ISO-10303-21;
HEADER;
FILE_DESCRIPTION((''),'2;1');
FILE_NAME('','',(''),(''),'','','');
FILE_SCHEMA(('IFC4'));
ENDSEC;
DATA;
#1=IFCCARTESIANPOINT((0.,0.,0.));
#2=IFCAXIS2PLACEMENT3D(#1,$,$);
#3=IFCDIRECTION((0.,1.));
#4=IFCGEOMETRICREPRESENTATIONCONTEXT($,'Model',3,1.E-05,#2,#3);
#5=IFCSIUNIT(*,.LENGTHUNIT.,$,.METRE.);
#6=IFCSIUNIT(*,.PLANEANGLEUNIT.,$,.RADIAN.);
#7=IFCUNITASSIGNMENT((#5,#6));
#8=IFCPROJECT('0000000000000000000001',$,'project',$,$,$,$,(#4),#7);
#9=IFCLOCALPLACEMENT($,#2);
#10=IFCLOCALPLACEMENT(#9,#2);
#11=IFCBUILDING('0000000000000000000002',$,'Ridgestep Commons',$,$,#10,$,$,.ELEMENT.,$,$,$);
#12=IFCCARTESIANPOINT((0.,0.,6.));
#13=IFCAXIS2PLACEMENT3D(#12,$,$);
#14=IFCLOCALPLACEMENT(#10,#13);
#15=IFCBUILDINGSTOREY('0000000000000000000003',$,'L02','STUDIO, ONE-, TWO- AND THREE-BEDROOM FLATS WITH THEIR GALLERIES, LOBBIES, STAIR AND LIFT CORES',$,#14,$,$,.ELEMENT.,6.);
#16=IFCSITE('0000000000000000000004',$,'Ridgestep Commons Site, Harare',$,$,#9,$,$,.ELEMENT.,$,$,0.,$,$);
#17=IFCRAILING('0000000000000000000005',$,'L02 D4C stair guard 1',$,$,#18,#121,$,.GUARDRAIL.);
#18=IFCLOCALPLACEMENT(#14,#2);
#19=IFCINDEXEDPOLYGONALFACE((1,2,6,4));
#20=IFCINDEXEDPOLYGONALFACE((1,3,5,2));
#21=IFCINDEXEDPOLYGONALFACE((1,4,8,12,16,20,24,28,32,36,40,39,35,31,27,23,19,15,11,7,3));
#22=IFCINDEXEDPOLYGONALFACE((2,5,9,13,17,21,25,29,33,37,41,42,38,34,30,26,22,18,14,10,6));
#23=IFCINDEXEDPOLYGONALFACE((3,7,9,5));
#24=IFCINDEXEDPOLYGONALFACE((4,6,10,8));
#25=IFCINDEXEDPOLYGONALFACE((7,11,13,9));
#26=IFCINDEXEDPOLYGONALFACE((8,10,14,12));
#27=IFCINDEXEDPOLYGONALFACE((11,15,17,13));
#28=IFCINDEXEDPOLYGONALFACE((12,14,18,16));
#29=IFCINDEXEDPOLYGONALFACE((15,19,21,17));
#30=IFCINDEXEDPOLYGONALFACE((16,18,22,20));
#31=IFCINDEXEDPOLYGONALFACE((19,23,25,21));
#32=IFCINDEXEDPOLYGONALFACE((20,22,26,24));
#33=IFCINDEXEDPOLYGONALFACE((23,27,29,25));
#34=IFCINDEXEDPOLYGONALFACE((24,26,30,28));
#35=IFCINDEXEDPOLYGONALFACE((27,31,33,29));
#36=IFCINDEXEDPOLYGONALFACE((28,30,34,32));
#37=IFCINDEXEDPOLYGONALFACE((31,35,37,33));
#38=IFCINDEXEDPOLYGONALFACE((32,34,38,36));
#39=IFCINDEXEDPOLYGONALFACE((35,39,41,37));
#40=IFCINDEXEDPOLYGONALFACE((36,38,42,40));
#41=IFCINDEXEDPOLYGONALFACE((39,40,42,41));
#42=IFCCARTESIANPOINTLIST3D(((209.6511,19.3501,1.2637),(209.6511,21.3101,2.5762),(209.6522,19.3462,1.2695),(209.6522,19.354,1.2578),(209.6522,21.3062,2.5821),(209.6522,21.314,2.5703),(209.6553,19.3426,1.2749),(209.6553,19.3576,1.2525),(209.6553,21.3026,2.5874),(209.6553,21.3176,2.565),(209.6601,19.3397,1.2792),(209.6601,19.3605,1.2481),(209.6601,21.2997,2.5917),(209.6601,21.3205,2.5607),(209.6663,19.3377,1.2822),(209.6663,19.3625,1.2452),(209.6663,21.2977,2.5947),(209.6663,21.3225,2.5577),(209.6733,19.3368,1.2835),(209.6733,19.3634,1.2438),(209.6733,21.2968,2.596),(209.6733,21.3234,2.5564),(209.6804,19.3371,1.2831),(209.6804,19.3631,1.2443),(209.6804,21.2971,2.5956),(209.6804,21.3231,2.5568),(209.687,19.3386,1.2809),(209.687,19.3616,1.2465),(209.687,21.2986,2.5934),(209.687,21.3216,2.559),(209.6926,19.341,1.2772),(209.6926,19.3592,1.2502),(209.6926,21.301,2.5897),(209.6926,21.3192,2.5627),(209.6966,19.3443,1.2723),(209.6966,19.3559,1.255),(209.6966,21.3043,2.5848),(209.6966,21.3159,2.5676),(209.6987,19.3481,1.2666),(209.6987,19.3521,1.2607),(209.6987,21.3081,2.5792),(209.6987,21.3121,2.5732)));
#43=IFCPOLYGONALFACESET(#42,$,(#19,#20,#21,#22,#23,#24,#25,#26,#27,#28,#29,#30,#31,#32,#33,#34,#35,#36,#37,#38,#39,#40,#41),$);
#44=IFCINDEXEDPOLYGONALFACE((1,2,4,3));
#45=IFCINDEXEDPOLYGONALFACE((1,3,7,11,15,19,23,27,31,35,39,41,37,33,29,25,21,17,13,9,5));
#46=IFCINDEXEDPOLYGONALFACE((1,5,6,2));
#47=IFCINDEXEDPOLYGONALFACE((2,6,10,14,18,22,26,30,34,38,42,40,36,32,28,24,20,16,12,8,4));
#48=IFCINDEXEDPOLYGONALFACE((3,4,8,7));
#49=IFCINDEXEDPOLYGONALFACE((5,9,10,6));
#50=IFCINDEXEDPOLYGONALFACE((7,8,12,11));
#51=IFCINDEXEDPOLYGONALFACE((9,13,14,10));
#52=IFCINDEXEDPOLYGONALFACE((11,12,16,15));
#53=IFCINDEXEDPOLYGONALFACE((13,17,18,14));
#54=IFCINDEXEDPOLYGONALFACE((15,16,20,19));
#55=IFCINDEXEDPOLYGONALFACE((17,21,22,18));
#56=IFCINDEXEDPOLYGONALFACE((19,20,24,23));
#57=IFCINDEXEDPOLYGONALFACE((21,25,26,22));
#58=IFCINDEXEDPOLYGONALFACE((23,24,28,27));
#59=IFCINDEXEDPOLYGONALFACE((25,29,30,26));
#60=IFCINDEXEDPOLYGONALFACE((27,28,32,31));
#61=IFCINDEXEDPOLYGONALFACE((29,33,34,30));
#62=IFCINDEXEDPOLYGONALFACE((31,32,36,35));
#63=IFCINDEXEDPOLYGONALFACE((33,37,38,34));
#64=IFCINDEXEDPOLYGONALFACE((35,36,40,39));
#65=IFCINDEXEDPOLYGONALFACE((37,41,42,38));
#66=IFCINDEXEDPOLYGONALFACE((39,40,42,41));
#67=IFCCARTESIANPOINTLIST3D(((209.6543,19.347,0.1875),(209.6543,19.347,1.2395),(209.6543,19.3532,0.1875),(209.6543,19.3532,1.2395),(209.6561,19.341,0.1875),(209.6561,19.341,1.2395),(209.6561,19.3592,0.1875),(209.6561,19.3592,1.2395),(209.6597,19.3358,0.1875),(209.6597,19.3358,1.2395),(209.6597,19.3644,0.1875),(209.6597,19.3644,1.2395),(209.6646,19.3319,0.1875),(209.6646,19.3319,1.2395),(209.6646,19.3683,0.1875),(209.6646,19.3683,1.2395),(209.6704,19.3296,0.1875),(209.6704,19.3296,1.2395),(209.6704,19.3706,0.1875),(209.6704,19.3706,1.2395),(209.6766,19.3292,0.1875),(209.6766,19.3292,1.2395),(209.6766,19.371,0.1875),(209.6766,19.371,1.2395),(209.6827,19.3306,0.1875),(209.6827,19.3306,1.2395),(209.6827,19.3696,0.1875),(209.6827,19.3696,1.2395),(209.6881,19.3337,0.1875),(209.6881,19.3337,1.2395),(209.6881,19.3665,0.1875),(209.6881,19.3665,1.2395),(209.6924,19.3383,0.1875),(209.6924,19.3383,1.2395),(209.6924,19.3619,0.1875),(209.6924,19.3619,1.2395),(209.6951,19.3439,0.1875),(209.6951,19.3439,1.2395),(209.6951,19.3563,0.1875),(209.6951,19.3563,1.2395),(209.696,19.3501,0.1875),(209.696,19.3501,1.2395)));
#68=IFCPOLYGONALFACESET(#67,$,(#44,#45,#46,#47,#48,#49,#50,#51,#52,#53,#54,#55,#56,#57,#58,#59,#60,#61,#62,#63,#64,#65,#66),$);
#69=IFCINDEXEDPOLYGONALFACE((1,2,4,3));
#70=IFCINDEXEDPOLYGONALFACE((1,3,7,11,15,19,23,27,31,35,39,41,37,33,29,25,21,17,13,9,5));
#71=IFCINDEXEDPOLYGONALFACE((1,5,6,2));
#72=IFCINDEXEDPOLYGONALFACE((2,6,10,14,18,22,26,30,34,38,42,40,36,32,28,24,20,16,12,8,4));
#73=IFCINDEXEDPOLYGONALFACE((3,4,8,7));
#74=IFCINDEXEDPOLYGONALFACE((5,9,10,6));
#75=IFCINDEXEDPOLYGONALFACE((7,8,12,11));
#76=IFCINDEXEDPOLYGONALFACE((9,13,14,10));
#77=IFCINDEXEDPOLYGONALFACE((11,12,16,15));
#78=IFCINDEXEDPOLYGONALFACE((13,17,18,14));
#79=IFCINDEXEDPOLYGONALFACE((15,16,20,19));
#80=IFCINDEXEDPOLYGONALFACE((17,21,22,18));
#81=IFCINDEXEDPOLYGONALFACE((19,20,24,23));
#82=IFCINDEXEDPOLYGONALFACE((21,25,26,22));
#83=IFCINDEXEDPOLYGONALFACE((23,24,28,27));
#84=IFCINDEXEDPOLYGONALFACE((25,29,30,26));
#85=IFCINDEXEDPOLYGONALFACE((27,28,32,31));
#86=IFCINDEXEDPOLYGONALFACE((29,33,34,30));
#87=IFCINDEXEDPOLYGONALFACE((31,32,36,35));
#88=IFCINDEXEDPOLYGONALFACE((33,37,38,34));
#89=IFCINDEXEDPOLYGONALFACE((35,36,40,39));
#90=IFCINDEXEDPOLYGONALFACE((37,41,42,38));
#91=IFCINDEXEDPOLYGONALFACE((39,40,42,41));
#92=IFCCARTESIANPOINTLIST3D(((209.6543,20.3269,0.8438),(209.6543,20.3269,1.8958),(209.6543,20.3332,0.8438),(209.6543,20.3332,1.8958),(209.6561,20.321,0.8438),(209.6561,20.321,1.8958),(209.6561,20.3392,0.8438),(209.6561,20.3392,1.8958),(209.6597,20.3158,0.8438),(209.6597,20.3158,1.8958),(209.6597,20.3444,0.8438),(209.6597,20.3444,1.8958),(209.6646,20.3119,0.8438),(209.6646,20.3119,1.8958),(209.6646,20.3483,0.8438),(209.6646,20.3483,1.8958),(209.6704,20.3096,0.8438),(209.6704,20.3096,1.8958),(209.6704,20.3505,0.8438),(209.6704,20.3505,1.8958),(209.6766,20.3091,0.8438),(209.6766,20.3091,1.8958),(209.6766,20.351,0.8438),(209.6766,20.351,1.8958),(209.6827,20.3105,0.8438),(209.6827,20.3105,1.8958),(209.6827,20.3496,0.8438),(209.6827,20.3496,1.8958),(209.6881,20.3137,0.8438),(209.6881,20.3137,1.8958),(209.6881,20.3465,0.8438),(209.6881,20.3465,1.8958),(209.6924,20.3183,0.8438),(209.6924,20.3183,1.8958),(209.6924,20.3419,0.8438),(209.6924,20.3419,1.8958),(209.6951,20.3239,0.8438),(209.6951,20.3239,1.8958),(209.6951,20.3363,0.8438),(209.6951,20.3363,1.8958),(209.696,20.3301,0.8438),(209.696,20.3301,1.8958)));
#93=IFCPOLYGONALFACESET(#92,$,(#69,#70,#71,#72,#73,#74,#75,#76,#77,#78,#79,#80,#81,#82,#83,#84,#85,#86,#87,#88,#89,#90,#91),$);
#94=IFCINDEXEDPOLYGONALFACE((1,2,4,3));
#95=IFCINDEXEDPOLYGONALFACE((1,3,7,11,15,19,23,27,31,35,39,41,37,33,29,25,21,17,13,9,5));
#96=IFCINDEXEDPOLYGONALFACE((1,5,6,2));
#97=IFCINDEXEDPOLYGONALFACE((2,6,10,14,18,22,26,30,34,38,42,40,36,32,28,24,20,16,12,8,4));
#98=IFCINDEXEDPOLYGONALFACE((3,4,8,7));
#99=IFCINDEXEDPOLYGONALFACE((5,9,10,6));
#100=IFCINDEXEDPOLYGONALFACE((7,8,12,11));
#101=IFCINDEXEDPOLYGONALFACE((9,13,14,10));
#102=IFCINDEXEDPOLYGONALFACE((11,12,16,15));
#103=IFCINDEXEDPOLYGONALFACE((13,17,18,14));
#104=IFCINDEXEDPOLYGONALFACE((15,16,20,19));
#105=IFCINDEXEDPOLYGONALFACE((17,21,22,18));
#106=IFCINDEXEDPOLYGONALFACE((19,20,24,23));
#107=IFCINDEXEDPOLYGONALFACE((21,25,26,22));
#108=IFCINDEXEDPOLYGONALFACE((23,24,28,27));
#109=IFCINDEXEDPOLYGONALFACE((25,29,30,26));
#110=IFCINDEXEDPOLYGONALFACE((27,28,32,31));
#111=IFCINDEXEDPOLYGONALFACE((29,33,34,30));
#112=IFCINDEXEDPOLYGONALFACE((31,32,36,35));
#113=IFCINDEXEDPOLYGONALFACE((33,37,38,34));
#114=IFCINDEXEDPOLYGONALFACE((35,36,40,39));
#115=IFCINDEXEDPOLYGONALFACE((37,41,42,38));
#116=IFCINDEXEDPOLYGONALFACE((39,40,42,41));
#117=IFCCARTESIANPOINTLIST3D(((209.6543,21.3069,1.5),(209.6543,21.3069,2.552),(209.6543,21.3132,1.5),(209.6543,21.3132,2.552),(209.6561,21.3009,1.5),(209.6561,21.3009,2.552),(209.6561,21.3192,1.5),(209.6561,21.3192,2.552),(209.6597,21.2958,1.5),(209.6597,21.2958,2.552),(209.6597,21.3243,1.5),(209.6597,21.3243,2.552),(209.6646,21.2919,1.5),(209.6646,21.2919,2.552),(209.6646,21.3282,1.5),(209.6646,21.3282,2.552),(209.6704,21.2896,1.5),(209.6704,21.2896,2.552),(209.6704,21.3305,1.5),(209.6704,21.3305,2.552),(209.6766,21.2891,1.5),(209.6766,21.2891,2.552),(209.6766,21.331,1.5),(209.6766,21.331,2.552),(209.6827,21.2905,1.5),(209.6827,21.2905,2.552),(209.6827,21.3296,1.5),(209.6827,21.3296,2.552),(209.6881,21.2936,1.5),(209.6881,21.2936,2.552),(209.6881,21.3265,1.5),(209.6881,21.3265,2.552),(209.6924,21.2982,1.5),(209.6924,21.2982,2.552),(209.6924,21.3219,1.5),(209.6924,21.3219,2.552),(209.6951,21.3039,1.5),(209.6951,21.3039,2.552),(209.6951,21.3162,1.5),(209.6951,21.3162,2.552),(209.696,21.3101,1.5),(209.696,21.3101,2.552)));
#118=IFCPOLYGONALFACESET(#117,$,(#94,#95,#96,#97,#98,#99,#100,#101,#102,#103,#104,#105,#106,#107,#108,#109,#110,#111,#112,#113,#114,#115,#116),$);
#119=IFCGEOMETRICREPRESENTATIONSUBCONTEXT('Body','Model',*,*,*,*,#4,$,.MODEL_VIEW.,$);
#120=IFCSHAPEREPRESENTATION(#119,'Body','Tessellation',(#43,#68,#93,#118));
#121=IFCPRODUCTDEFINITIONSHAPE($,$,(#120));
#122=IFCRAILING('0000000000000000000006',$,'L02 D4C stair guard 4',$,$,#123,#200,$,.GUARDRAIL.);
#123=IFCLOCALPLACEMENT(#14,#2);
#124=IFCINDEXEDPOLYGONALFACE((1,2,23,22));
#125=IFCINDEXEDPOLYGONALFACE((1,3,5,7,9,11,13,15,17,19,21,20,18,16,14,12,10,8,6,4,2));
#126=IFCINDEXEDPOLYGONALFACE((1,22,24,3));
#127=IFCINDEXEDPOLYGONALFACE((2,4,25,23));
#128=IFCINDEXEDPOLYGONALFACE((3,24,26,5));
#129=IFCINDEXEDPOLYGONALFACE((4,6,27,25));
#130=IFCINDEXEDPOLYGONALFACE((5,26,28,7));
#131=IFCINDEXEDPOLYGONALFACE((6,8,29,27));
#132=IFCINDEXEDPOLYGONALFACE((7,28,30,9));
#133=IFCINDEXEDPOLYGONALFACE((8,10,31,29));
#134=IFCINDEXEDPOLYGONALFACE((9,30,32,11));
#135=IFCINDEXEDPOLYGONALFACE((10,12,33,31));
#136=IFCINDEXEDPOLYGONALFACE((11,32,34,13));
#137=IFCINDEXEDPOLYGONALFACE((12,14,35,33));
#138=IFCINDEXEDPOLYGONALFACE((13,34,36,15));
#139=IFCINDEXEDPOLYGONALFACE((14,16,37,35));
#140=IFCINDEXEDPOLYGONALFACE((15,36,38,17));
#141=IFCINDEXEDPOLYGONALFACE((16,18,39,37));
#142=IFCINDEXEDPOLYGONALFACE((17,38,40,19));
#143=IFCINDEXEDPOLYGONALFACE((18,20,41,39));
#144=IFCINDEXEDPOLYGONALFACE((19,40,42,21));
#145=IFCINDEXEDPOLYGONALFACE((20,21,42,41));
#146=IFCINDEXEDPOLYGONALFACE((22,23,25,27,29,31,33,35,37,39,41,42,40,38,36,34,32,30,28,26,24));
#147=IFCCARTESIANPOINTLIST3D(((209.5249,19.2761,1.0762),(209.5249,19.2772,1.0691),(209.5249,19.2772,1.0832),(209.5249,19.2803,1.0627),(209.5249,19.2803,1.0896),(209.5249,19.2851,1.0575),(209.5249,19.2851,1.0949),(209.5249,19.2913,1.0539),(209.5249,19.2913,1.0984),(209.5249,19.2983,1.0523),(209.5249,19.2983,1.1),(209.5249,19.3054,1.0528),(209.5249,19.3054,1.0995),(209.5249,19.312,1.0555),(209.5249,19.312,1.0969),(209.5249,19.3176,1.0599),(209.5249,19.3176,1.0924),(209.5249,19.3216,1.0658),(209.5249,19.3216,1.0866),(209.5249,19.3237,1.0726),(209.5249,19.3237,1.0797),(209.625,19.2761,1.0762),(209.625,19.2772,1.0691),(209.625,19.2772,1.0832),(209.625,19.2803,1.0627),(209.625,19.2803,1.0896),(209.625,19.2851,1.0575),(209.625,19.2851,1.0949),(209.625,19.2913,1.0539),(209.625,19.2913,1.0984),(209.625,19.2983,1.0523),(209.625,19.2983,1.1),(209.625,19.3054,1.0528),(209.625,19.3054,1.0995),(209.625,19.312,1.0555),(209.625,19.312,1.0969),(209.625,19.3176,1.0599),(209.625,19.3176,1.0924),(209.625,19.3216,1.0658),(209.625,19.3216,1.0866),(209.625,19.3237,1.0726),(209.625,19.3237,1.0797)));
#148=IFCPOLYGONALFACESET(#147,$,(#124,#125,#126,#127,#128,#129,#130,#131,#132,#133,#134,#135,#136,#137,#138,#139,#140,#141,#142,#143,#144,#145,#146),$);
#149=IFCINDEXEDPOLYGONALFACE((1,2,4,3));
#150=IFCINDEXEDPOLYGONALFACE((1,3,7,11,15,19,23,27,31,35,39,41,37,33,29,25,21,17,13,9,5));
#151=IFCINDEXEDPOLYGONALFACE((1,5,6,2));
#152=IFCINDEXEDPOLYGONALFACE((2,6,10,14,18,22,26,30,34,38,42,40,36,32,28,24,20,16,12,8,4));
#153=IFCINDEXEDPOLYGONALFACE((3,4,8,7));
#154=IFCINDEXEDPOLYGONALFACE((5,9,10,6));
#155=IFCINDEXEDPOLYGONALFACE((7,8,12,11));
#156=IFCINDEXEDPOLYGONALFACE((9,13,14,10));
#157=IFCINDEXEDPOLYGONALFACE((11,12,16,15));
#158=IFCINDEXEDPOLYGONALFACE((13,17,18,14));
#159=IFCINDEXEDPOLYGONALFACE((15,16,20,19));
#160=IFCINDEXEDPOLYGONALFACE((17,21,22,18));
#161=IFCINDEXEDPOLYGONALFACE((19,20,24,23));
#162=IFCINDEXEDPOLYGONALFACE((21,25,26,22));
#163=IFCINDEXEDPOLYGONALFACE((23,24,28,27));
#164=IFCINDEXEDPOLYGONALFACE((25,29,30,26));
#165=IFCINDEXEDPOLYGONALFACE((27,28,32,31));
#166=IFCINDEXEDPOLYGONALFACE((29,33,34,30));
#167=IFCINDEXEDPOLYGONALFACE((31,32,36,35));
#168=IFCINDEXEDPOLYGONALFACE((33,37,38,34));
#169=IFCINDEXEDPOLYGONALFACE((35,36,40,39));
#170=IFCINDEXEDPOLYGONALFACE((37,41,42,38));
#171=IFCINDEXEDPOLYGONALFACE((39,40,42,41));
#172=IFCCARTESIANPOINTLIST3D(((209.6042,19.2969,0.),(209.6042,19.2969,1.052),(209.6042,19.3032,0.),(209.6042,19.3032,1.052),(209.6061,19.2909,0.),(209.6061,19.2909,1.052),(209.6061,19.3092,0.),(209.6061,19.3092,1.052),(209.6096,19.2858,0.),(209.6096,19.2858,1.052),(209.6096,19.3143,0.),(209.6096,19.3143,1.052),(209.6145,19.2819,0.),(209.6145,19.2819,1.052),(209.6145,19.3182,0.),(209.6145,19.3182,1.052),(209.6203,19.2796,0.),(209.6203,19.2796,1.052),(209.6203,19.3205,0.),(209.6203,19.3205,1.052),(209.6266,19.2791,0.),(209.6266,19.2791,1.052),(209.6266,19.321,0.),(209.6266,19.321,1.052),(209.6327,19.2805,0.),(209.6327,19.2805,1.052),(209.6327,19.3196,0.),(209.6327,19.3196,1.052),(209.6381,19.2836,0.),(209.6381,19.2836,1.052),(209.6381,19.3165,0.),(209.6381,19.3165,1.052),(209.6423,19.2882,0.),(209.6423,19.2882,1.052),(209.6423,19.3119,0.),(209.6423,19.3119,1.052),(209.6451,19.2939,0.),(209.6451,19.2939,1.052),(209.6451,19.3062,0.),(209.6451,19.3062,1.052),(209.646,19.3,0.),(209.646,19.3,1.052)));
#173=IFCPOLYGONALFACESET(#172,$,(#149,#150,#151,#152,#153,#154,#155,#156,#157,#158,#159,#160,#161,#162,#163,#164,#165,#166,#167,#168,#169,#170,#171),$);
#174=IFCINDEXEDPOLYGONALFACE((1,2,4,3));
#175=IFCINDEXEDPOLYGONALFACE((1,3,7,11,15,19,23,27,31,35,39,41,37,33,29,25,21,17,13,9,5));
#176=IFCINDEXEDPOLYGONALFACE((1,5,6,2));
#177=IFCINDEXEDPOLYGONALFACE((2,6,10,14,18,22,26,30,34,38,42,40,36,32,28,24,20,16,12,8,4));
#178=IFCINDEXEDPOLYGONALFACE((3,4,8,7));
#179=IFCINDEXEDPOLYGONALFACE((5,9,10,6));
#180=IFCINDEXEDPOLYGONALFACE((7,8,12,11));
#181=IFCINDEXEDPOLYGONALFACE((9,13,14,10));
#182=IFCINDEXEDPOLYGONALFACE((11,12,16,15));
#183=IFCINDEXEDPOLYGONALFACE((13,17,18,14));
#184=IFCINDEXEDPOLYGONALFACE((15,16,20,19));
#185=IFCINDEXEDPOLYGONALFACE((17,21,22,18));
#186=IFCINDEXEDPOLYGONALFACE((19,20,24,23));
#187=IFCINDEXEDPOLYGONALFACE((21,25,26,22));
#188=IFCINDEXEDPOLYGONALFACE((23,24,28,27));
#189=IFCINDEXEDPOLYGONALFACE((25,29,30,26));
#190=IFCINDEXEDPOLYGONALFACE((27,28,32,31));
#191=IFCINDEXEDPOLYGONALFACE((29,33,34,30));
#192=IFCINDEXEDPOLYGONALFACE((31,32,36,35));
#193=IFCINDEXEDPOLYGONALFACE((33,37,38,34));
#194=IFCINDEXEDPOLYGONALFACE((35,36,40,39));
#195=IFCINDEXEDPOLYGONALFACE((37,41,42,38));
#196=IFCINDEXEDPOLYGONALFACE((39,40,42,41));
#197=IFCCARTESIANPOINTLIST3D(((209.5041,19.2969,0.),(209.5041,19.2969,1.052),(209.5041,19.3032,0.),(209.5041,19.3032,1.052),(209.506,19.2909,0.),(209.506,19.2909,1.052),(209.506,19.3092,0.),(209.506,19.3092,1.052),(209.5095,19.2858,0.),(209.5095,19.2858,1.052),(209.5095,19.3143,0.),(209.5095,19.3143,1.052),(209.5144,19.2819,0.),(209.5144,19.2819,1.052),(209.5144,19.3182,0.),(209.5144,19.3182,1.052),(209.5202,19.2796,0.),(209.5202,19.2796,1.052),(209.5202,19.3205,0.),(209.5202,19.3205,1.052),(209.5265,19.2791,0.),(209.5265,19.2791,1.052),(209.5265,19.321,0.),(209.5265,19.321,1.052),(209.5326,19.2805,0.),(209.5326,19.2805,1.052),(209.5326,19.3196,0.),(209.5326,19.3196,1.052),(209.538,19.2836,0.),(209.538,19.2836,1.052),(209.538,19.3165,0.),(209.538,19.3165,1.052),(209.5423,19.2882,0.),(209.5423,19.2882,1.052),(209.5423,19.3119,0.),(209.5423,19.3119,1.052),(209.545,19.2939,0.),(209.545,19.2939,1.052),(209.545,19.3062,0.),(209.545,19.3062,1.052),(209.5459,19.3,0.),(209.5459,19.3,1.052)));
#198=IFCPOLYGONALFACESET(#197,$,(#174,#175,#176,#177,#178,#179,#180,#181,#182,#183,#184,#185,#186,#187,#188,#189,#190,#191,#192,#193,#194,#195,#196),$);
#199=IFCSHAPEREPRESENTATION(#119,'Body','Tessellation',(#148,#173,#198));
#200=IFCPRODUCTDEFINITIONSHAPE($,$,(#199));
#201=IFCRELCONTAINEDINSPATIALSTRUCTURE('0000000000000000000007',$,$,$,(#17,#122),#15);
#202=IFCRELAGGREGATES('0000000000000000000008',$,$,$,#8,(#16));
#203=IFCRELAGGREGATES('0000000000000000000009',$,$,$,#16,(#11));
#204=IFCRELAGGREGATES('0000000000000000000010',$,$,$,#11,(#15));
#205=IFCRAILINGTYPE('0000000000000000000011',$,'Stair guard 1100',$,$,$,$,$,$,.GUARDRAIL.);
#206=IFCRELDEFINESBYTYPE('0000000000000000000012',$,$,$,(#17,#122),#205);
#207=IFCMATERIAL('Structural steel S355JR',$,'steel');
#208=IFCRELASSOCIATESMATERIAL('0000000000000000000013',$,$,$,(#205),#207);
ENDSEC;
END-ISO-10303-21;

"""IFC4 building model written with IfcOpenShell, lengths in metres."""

from ifc_helpers import new_model, si_unit, direction, frame, origin, origin_2d, place, context, subcontext, project, spatial, circle, extrude, material, type_object, element, save


model = new_model("IFC4")

# Units and contexts
model_context = context("Model", 3, precision=1e-05, world=origin(), true_north=direction((0.0, 1.0)))
body_context = subcontext(model_context, "Body", "Model", "MODEL_VIEW")
ifc_project = project(units=[si_unit("LENGTHUNIT", "METRE"), si_unit("PLANEANGLEUNIT", "RADIAN")], contexts=[model_context])

# Site, building, storey
site_placement = place(None, origin())
site = spatial("IfcSite", under=ifc_project, at=site_placement, Name="Ridgestep Commons Site, Harare", CompositionType="ELEMENT", RefElevation=0.0)
building_placement = place(site_placement, origin())
building = spatial("IfcBuilding", under=site, at=building_placement, Name="Ridgestep Commons", CompositionType="ELEMENT")
storey_placement = place(building_placement, frame((0.0, 0.0, 6.0)))
storey = spatial("IfcBuildingStorey", under=building, at=storey_placement, Name="L02", Description="STUDIO, ONE-, TWO- AND THREE-BEDROOM FLATS WITH THEIR GALLERIES, LOBBIES, STAIR AND LIFT CORES", CompositionType="ELEMENT", Elevation=6.0)

# Railings
ifc_material_1 = material(Name="Structural steel S355JR", Category="steel")
railing_type_1 = type_object("IfcRailingType", Name="Stair guard 1100", PredefinedType="GUARDRAIL", material=ifc_material_1)
railing_1_placement = place(storey_placement, frame((209.675, 19.3501, 0.1875)))
element("IfcRailing", 1, at=railing_1_placement, inside=storey, type_object=railing_type_1, Name="L02 D4C stair guard 1", PredefinedType="GUARDRAIL", context=body_context, shape_type="SweptSolid", body=[
    extrude(circle(Radius=0.0239, at=origin_2d()), frame((0.0, 0.0, 1.0762), z_axis=(0.0, 0.830902, 0.556419), x_axis=(-1.0, 0.0, 0.0)), (0.0, 0.0, 1.0), 2.3589),
    extrude(circle(Radius=0.021, at=origin_2d()), origin(), (0.0, 0.0, 1.0), 1.052),
    extrude(circle(Radius=0.021, at=origin_2d()), frame((0.0, 0.98, 0.6562)), (0.0, 0.0, 1.0), 1.052),
    extrude(circle(Radius=0.021, at=origin_2d()), frame((0.0, 1.96, 1.3125)), (0.0, 0.0, 1.0), 1.052),
])
railing_2_placement = place(storey_placement, frame((209.625, 19.3, 0.0)))
element("IfcRailing", 2, at=railing_2_placement, inside=storey, type_object=railing_type_1, Name="L02 D4C stair guard 4", PredefinedType="GUARDRAIL", context=body_context, shape_type="SweptSolid", body=[
    extrude(circle(Radius=0.0239, at=origin_2d()), frame((0.0, 0.0, 1.0762), z_axis=(-1.0, 0.0, 0.0), x_axis=(0.0, -1.0, 0.0)), (0.0, 0.0, 1.0), 0.1001),
    extrude(circle(Radius=0.021, at=origin_2d()), origin(), (0.0, 0.0, 1.0), 1.052),
    extrude(circle(Radius=0.021, at=origin_2d()), frame((-0.1001, 0.0, 0.0)), (0.0, 0.0, 1.0), 1.052),
])

save(model, "model.ifc")
